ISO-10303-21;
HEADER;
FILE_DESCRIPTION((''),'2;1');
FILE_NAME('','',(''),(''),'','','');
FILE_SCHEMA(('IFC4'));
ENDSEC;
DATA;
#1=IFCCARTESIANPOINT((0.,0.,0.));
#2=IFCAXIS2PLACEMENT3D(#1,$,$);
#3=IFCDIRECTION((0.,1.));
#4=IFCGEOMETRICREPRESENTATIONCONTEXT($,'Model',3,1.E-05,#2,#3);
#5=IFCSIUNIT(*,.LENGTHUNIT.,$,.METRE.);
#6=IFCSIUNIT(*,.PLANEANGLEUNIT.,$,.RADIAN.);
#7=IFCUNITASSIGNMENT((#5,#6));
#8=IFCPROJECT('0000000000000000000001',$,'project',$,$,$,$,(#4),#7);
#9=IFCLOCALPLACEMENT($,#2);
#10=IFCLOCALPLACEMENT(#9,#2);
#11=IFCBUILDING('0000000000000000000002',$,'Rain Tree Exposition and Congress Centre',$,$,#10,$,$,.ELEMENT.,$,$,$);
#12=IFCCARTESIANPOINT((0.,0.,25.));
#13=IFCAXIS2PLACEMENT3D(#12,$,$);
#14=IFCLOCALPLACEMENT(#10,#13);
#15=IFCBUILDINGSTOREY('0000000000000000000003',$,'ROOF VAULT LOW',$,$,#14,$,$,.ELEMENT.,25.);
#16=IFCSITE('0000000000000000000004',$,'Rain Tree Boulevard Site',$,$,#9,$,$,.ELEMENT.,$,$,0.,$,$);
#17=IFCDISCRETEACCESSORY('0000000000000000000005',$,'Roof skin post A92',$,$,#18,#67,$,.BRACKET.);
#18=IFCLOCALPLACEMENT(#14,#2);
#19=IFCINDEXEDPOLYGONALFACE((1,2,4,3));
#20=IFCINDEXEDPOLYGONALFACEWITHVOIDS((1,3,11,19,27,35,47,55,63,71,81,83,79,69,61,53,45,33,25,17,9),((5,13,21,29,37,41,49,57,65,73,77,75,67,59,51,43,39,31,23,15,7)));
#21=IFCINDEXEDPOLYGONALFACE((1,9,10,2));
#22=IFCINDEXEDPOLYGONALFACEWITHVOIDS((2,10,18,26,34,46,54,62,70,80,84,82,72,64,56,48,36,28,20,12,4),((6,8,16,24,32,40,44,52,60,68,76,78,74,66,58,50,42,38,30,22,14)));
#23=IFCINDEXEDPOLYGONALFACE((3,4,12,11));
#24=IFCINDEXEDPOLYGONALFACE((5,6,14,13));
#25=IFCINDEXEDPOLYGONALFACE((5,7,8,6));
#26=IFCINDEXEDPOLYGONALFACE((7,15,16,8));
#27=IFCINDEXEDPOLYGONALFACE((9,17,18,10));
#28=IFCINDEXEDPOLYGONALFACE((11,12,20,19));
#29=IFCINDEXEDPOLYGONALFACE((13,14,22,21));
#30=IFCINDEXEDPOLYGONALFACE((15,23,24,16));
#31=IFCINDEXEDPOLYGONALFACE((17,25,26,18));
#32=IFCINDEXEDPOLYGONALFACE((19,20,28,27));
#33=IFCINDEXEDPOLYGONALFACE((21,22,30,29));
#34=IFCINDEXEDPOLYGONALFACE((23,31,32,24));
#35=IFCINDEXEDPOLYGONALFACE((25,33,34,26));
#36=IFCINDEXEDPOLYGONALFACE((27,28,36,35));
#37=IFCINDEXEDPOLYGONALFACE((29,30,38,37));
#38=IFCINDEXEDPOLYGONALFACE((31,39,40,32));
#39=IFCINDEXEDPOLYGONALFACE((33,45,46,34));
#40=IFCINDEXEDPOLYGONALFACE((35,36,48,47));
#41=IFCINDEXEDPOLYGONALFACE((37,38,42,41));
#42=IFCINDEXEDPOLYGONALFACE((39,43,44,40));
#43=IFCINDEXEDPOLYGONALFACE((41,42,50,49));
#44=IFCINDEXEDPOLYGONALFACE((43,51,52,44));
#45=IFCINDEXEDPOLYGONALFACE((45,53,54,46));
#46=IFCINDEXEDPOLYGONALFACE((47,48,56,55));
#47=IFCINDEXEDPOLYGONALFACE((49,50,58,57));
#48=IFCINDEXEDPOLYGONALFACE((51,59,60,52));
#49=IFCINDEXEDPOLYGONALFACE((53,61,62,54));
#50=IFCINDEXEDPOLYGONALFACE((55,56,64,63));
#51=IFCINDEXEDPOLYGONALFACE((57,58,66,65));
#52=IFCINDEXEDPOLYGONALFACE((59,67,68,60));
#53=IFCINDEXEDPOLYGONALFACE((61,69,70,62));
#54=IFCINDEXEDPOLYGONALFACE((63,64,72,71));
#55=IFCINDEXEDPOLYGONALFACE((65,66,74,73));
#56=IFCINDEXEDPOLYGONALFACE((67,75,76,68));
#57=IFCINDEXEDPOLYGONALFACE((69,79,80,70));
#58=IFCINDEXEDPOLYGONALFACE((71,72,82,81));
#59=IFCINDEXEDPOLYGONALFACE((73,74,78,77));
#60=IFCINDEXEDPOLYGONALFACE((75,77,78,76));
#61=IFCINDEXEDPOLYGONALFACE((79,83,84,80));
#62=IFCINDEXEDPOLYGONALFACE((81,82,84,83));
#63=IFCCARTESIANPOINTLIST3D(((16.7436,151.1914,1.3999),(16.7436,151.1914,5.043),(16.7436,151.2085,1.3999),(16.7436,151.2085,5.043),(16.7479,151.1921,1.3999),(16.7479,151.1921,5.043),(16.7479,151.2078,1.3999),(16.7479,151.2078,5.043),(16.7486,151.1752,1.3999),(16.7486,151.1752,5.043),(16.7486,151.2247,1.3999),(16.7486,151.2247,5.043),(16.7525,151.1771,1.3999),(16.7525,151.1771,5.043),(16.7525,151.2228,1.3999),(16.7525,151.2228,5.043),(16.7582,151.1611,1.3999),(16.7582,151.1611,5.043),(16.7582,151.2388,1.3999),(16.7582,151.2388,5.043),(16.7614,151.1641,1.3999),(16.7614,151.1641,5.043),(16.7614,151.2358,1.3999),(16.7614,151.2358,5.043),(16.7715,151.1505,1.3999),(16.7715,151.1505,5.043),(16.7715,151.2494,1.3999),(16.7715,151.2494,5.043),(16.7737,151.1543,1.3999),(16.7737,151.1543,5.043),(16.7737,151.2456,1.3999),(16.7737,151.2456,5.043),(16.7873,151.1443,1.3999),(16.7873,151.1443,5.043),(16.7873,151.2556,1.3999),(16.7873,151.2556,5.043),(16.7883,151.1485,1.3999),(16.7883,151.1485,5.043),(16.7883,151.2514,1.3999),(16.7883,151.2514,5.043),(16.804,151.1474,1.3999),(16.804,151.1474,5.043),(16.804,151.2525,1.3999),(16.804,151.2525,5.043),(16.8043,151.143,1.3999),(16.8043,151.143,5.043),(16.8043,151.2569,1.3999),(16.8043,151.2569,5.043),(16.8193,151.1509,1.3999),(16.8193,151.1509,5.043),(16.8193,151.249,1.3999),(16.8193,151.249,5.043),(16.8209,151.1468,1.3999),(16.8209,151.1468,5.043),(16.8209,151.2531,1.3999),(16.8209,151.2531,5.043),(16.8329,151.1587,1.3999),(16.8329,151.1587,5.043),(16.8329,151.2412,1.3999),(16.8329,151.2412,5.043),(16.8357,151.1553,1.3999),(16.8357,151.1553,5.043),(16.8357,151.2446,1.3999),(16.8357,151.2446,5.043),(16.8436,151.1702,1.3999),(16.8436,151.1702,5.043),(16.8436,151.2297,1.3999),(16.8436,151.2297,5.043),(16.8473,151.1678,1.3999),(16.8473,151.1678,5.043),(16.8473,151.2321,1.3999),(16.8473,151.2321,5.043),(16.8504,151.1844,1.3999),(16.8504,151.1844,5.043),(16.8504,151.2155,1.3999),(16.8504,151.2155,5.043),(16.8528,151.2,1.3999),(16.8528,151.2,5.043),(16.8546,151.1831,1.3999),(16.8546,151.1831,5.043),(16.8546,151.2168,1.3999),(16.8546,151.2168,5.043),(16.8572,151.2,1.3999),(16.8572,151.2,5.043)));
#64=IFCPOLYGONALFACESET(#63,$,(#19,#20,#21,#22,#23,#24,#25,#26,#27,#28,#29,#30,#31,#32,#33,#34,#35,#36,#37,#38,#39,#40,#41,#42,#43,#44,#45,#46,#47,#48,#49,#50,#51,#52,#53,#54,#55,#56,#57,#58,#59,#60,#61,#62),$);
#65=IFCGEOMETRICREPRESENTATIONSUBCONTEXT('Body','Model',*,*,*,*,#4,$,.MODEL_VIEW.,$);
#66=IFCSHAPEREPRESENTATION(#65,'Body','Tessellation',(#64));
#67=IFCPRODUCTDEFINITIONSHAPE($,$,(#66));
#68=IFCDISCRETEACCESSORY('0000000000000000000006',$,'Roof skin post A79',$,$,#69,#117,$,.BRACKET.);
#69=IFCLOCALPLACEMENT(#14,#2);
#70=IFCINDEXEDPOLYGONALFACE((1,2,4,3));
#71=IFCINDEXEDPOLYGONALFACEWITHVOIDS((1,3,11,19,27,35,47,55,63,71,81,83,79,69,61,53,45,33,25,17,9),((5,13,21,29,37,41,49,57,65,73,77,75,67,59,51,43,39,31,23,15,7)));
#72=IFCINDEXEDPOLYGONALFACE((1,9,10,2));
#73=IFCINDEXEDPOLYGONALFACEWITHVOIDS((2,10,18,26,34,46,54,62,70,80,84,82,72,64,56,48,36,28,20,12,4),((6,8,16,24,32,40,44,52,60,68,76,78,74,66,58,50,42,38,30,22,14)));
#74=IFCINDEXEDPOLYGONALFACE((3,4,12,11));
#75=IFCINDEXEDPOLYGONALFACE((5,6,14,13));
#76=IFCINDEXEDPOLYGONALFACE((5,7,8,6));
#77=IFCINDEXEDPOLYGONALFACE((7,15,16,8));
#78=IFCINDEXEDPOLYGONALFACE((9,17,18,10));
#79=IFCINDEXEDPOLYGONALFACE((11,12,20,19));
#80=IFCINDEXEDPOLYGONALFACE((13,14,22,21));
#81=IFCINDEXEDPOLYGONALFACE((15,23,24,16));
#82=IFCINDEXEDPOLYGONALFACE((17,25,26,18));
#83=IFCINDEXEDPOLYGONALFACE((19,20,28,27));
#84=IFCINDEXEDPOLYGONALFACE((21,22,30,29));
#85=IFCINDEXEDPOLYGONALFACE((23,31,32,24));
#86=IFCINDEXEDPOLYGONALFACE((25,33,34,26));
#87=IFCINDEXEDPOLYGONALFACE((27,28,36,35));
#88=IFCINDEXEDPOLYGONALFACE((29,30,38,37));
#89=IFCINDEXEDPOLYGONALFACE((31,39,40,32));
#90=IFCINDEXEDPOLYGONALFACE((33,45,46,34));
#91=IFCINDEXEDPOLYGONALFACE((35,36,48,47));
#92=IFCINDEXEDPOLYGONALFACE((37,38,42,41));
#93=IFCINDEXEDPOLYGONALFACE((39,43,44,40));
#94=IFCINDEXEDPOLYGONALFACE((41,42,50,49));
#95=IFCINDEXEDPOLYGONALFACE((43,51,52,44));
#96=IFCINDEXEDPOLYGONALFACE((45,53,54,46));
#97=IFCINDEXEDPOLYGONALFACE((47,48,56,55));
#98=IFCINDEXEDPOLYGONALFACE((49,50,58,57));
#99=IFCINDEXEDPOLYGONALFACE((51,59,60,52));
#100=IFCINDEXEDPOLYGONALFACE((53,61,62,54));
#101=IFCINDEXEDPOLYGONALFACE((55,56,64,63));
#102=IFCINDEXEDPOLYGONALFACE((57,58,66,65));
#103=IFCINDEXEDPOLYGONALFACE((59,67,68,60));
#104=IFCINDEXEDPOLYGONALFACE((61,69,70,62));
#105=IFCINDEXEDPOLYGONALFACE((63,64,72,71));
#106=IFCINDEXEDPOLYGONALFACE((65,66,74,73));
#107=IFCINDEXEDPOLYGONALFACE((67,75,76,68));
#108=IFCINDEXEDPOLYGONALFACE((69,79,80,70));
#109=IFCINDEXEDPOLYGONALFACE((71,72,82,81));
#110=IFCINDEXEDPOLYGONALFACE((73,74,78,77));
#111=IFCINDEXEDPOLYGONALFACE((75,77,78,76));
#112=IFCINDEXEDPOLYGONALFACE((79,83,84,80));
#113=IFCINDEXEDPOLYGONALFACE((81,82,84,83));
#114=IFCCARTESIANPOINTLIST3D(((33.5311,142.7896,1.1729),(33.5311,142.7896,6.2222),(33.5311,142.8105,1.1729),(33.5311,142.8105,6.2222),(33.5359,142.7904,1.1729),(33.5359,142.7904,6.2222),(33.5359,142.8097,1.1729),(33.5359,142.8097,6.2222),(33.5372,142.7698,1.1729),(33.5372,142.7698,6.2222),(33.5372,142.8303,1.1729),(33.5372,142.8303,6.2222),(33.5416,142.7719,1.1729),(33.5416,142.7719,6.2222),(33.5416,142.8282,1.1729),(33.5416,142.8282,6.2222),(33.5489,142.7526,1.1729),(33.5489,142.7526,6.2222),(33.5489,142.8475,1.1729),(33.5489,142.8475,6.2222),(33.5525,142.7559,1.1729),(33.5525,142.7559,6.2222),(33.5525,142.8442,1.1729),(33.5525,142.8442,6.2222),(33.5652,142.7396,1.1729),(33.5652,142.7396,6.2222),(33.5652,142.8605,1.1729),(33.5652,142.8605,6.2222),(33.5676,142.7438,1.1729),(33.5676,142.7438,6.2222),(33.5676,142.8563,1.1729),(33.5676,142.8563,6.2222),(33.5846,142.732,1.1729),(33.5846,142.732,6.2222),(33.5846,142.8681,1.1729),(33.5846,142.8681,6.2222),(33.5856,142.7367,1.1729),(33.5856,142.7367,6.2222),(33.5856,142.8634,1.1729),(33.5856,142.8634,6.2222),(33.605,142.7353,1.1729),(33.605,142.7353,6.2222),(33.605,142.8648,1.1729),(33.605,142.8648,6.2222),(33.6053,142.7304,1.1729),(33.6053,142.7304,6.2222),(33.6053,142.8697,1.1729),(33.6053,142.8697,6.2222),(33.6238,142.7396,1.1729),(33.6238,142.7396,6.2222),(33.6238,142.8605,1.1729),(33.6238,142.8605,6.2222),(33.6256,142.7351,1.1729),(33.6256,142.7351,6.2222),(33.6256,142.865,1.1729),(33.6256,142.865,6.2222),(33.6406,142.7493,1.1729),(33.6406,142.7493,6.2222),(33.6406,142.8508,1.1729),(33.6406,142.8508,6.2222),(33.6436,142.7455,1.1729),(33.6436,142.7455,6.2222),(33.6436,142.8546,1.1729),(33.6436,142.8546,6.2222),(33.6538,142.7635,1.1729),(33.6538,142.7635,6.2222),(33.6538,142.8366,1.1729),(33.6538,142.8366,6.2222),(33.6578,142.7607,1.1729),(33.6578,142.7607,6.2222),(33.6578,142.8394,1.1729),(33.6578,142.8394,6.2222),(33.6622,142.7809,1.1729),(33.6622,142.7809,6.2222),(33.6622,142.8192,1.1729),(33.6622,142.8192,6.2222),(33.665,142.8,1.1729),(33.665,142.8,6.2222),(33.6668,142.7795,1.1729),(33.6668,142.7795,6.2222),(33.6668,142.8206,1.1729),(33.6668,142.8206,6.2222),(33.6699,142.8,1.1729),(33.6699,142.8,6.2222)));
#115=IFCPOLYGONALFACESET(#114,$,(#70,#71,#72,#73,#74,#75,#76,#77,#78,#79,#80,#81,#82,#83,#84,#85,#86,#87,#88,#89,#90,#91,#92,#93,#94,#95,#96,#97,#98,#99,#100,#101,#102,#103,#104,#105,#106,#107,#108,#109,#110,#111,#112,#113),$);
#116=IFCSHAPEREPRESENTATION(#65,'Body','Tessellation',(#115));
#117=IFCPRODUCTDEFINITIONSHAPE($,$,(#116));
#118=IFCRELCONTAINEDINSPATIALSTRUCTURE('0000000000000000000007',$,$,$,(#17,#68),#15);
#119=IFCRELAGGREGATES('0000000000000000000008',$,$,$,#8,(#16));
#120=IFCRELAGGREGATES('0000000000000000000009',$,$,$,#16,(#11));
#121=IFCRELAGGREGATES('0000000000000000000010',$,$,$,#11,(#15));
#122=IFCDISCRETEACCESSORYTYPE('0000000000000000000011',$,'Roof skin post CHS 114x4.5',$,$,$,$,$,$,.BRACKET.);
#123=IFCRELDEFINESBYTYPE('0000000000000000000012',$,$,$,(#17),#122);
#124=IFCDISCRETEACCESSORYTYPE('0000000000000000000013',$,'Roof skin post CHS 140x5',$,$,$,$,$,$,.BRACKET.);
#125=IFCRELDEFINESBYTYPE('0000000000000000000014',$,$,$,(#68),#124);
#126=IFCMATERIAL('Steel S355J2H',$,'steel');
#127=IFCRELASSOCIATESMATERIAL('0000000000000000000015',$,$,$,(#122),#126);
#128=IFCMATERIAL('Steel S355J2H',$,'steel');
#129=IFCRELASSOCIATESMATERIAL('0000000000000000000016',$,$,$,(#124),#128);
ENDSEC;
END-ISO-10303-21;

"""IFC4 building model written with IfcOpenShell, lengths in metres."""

from ifc_helpers import new_model, si_unit, direction, frame, origin, origin_2d, place, context, subcontext, project, spatial, hollow_circle, extrude, material, material_profile, profile_set, type_object, element, save


model = new_model("IFC4")

# Units and contexts
model_context = context("Model", 3, precision=1e-05, world=origin(), true_north=direction((0.0, 1.0)))
body_context = subcontext(model_context, "Body", "Model", "MODEL_VIEW")
ifc_project = project(units=[si_unit("LENGTHUNIT", "METRE"), si_unit("PLANEANGLEUNIT", "RADIAN")], contexts=[model_context])

# Site, building, storey
site_placement = place(None, origin())
site = spatial("IfcSite", under=ifc_project, at=site_placement, Name="Rain Tree Boulevard Site", CompositionType="ELEMENT", RefElevation=0.0)
building_placement = place(site_placement, origin())
building = spatial("IfcBuilding", under=site, at=building_placement, Name="Rain Tree Exposition and Congress Centre", CompositionType="ELEMENT")
storey_placement = place(building_placement, frame((0.0, 0.0, 25.0)))
storey = spatial("IfcBuildingStorey", under=building, at=storey_placement, Name="ROOF VAULT LOW", CompositionType="ELEMENT", Elevation=25.0)

# Discrete accessories
ifc_material_1 = material(Name="Steel S355J2H", Category="steel")
ifc_material_profile_1 = material_profile(ifc_material_1, hollow_circle(Radius=0.0571, WallThickness=0.0044, at=origin_2d()), Name="CHS 114x4.5")
ifc_profile_set_1 = profile_set([ifc_material_profile_1], Name="Steel S355J2H")
discrete_accessory_type_1 = type_object("IfcDiscreteAccessoryType", Name="Roof skin post CHS 114x4.5", PredefinedType="BRACKET", material=ifc_profile_set_1)
discrete_accessory_1_placement = place(storey_placement, frame((16.8, 151.2, 1.3999), z_axis=(0.0, 0.0, 1.0), x_axis=(1.0, 0.0, 0.0)))
element("IfcDiscreteAccessory", 1, at=discrete_accessory_1_placement, inside=storey, type_object=discrete_accessory_type_1, Name="Roof skin post A92", PredefinedType="BRACKET", context=body_context, shape_type="SweptSolid", body=[
    extrude(hollow_circle(Radius=0.0571, WallThickness=0.0044, at=origin_2d()), origin(), (0.0, 0.0, 1.0), 3.6431),
])
ifc_material_2 = material(Name="Steel S355J2H", Category="steel")
ifc_material_profile_2 = material_profile(ifc_material_2, hollow_circle(Radius=0.0698, WallThickness=0.0049, at=origin_2d()), Name="CHS 140x5")
ifc_profile_set_2 = profile_set([ifc_material_profile_2], Name="Steel S355J2H")
discrete_accessory_type_2 = type_object("IfcDiscreteAccessoryType", Name="Roof skin post CHS 140x5", PredefinedType="BRACKET", material=ifc_profile_set_2)
discrete_accessory_2_placement = place(storey_placement, frame((33.6001, 142.8, 1.1729), z_axis=(0.0, 0.0, 1.0), x_axis=(1.0, 0.0, 0.0)))
element("IfcDiscreteAccessory", 2, at=discrete_accessory_2_placement, inside=storey, type_object=discrete_accessory_type_2, Name="Roof skin post A79", PredefinedType="BRACKET", context=body_context, shape_type="SweptSolid", body=[
    extrude(hollow_circle(Radius=0.0698, WallThickness=0.0049, at=origin_2d()), origin(), (0.0, 0.0, 1.0), 5.0493),
])

save(model, "model.ifc")
